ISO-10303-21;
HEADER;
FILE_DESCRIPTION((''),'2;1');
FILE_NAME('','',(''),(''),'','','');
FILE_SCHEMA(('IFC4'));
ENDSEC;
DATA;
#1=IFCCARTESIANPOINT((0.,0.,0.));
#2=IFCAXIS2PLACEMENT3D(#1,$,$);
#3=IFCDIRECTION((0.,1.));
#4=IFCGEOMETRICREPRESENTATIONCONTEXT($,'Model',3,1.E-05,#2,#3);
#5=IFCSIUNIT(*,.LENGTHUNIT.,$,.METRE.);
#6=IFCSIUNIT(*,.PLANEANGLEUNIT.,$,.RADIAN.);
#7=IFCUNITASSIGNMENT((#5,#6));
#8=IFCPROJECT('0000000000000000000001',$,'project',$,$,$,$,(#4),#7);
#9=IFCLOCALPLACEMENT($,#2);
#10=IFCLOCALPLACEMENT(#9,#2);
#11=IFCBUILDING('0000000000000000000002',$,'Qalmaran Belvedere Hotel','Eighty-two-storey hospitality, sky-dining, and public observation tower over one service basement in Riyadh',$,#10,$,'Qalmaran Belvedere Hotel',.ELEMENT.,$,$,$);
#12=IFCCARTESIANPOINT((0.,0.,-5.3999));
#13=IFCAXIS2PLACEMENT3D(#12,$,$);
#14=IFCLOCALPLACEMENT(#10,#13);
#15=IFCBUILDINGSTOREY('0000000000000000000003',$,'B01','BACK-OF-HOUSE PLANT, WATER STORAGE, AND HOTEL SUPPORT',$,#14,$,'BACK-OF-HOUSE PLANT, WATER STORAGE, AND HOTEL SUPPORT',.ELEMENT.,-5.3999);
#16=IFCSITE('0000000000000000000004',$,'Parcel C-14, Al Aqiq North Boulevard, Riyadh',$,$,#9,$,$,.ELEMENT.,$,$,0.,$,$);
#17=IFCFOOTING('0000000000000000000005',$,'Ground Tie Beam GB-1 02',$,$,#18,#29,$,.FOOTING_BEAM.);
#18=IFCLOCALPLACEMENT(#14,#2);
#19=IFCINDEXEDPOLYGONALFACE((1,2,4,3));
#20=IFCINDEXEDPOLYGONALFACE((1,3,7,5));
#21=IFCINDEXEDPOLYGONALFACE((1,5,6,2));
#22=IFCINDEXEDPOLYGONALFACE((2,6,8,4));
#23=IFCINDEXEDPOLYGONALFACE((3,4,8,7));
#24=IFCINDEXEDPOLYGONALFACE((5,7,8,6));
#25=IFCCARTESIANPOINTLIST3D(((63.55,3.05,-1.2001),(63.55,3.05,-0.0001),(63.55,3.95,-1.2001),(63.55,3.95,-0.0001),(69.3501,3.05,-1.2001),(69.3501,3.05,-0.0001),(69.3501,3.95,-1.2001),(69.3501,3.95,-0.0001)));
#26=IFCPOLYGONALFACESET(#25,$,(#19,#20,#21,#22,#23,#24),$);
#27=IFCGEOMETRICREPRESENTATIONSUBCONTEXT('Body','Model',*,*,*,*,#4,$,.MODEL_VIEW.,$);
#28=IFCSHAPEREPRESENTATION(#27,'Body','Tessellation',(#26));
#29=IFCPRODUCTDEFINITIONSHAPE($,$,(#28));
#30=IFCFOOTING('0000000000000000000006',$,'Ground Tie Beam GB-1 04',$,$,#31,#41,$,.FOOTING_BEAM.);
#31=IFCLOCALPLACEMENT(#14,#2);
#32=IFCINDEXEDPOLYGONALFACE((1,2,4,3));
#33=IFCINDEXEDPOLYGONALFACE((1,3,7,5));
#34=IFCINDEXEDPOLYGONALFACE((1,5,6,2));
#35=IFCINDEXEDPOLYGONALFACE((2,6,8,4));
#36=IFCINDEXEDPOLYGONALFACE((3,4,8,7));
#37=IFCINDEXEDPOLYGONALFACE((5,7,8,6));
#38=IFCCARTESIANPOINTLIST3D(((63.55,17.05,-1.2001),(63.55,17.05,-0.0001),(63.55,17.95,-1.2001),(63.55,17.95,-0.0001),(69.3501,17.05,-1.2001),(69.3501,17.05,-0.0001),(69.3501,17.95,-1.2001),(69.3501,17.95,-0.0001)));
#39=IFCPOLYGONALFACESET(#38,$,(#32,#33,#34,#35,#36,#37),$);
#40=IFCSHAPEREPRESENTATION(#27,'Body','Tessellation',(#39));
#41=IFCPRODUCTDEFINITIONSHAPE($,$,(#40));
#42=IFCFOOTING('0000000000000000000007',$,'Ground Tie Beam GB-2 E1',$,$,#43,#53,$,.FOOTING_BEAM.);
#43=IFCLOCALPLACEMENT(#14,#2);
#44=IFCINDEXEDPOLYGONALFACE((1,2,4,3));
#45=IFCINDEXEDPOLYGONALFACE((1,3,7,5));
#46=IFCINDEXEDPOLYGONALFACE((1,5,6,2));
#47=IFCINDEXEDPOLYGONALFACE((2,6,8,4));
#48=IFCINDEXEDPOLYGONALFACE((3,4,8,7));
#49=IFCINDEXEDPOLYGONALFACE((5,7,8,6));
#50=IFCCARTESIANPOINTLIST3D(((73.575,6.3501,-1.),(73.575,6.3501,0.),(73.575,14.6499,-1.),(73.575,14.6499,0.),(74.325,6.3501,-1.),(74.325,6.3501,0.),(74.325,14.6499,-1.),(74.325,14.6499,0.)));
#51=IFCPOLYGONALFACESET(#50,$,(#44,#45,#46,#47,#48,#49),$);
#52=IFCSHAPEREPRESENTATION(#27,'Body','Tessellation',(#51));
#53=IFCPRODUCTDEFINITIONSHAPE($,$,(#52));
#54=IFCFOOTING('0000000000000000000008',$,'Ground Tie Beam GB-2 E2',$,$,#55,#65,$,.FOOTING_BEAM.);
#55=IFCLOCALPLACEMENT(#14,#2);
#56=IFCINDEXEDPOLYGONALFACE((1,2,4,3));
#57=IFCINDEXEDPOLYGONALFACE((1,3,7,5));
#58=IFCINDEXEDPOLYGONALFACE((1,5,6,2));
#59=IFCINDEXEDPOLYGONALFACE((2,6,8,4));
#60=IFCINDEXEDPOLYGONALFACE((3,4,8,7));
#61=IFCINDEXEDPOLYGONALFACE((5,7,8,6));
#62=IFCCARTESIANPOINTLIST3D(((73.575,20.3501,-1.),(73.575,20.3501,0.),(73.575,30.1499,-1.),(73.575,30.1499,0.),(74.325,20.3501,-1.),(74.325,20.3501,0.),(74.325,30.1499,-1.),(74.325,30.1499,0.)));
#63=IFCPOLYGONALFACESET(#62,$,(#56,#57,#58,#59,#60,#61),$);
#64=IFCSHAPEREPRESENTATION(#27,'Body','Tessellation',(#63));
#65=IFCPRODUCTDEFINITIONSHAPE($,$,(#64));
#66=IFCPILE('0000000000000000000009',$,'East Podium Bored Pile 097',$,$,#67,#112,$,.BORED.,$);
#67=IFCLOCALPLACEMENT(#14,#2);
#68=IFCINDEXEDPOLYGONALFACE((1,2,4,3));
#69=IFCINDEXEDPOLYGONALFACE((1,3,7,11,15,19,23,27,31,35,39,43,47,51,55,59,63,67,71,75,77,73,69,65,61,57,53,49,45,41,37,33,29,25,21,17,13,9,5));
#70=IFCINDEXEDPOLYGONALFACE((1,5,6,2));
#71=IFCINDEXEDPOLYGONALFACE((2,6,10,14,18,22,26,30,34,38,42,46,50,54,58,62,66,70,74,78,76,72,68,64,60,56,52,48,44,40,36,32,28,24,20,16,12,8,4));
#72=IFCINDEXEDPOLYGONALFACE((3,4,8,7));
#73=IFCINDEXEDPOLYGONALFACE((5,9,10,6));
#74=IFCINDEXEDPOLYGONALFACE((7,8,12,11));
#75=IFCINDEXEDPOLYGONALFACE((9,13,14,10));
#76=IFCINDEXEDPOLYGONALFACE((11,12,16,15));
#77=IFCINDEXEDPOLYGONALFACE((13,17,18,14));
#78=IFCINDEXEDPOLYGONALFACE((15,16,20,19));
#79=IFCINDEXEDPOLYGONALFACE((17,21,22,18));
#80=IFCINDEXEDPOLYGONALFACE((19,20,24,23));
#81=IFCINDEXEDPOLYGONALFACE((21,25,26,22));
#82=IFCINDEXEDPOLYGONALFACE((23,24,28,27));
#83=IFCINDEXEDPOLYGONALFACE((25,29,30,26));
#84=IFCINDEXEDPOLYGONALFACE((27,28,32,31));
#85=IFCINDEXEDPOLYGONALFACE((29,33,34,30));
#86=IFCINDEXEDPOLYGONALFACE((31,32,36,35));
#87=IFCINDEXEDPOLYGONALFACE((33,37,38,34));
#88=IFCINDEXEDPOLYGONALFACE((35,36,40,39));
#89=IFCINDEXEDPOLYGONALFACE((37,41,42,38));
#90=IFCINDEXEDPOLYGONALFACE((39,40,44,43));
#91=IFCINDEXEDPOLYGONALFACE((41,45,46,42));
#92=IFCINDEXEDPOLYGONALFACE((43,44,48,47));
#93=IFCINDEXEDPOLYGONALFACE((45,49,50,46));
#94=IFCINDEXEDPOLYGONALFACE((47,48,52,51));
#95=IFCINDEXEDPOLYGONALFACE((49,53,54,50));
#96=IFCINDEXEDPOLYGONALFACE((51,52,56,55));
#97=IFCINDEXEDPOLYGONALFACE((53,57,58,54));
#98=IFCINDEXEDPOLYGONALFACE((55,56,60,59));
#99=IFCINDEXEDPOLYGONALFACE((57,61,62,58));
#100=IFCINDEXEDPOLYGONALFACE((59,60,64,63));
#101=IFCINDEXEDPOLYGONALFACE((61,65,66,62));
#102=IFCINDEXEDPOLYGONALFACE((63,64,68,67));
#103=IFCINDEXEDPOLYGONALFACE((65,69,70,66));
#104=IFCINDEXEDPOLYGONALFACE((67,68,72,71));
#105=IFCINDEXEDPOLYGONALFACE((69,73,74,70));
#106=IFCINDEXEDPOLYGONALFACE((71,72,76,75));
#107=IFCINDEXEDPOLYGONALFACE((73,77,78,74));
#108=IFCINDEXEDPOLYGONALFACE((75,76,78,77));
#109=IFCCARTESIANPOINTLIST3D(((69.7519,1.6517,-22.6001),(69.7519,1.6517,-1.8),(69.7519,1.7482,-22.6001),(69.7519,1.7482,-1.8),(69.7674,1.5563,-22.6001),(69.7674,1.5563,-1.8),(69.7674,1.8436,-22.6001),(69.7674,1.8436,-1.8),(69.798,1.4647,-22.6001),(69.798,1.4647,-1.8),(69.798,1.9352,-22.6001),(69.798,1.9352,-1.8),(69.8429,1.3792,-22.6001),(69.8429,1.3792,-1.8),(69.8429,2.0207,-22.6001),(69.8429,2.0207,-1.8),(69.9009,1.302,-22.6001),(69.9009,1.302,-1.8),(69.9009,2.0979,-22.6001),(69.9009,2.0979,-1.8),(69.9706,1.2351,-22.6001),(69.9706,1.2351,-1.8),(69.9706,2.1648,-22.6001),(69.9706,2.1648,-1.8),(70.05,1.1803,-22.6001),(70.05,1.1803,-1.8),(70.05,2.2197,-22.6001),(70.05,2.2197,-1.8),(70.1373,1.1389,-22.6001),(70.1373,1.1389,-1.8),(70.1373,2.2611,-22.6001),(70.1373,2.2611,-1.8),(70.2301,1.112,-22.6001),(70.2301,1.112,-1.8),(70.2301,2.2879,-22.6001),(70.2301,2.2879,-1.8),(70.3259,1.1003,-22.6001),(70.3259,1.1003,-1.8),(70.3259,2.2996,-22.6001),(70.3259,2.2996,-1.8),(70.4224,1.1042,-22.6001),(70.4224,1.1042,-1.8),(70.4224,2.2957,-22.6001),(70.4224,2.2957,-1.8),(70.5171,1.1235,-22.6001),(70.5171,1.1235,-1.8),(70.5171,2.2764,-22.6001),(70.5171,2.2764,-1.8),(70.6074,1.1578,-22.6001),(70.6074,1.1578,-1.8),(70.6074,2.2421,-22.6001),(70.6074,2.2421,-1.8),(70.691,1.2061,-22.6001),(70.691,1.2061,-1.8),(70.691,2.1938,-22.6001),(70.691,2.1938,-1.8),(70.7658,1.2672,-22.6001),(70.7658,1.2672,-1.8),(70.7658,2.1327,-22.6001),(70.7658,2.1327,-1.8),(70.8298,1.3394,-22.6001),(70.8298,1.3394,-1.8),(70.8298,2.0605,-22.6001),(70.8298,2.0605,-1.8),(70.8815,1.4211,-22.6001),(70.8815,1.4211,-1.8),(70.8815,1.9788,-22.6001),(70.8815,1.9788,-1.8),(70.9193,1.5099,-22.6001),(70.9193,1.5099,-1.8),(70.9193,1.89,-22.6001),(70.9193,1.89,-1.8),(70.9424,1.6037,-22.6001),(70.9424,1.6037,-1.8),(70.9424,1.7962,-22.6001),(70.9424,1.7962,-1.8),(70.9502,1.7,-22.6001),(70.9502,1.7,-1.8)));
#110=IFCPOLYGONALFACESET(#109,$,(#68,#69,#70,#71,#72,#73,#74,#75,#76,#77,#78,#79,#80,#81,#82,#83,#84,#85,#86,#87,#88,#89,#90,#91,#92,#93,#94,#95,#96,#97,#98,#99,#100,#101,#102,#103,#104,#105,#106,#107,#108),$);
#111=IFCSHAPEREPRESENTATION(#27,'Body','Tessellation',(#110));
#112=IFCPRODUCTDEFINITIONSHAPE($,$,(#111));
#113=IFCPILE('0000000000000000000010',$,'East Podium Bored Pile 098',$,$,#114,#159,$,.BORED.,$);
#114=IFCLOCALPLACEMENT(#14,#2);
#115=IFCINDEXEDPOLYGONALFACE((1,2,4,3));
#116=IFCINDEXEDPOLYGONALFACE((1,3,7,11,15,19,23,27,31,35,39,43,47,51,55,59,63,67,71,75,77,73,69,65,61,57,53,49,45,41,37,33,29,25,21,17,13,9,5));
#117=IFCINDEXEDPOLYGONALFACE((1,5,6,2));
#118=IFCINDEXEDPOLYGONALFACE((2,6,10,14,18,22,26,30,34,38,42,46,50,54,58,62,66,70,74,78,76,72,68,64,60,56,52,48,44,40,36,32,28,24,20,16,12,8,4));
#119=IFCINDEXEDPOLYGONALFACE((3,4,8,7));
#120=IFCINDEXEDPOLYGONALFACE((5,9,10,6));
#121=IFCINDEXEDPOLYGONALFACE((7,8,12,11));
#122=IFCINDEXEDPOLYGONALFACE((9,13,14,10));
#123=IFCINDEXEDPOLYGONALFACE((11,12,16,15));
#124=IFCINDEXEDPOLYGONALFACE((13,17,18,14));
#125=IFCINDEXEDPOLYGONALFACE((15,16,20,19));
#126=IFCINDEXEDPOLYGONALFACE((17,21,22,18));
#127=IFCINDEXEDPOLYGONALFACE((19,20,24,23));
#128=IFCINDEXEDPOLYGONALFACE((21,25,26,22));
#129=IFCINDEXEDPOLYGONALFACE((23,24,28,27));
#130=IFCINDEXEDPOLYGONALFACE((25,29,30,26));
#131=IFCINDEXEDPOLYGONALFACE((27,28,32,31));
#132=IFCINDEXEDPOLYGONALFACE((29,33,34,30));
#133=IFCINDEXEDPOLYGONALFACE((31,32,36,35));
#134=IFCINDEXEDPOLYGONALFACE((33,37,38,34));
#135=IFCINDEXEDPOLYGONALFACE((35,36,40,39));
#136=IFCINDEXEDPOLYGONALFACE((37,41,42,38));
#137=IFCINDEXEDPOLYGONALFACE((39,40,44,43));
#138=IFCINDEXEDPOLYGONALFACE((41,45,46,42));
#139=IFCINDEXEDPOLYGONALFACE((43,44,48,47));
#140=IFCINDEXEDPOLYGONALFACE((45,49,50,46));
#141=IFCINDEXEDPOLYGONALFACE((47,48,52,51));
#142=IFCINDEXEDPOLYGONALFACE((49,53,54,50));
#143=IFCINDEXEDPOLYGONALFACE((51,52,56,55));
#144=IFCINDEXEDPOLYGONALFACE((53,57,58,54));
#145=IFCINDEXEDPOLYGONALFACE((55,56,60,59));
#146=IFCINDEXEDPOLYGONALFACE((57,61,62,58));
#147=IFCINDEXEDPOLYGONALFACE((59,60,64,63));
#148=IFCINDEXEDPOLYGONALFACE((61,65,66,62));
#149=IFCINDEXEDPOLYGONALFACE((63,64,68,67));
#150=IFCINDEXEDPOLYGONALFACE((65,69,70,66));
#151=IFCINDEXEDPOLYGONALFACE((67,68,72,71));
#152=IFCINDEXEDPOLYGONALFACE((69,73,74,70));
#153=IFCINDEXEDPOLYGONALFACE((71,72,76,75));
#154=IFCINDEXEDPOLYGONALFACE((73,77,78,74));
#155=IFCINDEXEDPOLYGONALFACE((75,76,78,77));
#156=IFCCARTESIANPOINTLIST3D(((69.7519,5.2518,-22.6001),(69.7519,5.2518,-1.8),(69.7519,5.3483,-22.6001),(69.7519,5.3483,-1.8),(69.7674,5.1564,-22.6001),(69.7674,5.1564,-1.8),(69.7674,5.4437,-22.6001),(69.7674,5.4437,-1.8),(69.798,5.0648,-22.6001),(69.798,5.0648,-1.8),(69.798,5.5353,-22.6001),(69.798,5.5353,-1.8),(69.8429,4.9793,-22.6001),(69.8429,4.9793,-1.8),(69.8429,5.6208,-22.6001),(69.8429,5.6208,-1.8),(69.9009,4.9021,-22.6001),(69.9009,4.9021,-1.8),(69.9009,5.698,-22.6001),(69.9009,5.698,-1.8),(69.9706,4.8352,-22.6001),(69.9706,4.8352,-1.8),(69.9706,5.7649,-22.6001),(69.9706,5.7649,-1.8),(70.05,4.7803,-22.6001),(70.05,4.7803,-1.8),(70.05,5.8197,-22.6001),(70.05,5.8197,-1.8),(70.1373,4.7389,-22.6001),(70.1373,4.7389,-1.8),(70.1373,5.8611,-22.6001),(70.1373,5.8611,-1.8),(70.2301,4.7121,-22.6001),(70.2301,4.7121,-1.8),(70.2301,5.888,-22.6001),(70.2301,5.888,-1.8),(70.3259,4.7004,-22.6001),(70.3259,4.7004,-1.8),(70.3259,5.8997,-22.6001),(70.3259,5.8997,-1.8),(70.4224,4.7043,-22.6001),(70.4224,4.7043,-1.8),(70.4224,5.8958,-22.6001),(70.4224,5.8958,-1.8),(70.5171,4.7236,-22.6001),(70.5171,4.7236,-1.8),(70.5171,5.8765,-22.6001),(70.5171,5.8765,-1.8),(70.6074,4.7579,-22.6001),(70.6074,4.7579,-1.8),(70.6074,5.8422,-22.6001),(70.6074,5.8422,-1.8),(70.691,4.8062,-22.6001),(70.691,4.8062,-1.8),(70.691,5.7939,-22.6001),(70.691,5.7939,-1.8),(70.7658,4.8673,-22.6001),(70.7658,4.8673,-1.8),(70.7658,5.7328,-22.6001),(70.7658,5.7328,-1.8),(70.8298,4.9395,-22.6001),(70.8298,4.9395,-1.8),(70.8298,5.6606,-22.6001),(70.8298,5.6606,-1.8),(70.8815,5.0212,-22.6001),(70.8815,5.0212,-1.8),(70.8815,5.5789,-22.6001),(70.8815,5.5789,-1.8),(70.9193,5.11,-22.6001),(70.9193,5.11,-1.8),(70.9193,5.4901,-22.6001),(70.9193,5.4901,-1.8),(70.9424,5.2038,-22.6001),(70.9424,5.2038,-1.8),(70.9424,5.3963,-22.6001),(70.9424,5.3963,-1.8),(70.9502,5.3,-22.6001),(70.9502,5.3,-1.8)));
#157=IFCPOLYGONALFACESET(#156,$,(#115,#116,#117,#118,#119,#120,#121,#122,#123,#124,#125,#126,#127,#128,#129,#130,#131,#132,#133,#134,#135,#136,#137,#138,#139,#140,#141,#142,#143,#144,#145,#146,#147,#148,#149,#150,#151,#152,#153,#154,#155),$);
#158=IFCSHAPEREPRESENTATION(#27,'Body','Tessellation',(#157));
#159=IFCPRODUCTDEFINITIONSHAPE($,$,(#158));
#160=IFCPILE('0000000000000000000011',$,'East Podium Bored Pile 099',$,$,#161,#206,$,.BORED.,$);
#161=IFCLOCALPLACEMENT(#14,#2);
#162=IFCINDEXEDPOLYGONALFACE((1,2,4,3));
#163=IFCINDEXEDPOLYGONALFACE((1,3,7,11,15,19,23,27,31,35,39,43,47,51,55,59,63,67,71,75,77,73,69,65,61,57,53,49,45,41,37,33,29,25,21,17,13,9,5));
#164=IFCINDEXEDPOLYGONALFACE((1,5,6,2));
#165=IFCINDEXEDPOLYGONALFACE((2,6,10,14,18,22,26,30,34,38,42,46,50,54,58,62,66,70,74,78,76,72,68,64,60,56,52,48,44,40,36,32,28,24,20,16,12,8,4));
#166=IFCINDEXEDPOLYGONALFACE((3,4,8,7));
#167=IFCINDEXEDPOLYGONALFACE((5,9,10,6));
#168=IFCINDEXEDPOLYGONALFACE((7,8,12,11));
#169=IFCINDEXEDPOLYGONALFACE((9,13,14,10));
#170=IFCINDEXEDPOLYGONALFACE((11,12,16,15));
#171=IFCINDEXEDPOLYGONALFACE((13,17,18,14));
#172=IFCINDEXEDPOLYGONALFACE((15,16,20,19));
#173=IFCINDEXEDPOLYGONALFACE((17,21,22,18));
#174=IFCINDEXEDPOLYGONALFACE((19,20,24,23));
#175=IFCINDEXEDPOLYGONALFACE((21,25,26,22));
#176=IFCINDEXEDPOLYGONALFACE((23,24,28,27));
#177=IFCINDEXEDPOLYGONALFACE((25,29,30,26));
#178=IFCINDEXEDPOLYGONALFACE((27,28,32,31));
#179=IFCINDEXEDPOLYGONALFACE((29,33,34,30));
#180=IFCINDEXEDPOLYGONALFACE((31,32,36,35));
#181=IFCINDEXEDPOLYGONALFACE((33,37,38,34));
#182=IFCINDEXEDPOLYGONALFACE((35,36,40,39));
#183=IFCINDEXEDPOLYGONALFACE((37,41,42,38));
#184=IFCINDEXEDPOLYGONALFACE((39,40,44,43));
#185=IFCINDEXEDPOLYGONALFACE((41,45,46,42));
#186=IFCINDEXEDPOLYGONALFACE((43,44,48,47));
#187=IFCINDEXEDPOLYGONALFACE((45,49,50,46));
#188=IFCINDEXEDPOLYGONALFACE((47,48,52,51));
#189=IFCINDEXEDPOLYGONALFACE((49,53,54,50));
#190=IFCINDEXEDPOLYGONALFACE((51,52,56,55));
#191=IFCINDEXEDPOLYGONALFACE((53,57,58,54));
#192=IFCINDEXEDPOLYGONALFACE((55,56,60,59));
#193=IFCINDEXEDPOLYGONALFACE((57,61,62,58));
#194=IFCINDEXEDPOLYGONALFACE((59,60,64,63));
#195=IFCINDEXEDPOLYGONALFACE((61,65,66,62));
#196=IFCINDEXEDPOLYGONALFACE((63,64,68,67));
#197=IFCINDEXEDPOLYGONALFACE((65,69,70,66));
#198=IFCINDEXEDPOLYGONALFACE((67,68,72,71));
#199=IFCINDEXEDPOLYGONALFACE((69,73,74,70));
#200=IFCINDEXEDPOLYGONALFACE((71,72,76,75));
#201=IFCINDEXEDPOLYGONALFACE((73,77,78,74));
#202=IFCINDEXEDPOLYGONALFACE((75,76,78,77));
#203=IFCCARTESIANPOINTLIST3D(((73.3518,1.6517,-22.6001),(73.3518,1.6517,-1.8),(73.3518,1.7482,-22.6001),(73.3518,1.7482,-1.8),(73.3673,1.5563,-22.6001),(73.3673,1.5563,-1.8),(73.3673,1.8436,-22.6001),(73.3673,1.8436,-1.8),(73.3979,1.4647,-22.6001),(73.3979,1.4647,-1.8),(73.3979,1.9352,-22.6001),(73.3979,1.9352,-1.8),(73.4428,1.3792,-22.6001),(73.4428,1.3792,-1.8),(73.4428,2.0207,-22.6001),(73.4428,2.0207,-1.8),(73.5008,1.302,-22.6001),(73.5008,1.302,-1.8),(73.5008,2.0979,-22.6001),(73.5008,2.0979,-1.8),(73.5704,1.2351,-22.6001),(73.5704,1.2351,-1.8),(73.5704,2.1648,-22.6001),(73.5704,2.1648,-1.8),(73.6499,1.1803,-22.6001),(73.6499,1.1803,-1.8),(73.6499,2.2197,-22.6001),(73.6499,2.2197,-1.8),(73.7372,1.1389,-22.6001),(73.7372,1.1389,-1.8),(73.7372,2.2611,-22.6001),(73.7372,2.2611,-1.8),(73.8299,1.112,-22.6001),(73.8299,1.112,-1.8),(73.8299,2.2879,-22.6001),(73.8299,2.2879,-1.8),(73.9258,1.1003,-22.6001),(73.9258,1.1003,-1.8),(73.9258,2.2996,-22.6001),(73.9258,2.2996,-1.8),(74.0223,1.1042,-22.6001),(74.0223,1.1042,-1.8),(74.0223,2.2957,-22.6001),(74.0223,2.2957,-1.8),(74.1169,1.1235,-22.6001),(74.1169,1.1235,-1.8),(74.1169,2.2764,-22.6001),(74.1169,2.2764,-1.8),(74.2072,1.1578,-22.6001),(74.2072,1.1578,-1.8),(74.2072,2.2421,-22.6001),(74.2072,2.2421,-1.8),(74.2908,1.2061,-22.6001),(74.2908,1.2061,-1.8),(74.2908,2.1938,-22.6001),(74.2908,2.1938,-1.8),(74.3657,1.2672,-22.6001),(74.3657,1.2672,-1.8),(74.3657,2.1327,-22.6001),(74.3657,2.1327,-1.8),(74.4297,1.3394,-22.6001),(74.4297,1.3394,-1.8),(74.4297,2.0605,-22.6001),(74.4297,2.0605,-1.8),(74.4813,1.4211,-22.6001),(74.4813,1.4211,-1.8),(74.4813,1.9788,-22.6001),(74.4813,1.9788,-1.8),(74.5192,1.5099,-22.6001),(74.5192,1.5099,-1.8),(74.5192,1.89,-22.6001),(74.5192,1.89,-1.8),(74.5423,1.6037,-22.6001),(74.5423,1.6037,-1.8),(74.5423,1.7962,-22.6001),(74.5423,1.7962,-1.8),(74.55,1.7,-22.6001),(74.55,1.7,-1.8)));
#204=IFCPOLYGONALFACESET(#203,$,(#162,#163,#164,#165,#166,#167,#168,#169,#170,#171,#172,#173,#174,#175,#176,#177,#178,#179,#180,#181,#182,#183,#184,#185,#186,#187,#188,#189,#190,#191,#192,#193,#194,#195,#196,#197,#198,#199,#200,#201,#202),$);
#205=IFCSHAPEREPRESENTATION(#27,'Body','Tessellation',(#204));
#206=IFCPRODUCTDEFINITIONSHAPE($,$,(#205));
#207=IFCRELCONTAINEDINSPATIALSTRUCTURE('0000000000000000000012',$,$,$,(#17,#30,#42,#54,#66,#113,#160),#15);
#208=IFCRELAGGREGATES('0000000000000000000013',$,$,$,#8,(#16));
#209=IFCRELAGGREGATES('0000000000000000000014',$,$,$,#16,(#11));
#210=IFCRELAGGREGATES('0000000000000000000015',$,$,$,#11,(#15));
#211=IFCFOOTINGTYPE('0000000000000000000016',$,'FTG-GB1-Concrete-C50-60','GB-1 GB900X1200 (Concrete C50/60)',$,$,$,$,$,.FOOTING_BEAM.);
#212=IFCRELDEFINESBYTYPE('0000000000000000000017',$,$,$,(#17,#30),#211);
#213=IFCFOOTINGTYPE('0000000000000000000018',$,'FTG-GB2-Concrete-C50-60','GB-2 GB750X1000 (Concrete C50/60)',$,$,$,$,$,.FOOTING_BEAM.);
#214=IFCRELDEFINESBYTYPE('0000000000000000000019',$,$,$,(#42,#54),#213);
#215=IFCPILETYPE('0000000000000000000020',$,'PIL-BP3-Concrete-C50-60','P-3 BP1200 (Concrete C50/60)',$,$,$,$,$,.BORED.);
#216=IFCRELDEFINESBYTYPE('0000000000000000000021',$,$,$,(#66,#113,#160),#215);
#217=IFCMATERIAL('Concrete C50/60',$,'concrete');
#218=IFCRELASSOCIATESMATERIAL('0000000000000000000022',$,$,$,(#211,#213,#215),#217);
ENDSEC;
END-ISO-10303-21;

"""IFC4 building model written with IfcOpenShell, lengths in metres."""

from ifc_helpers import new_model, si_unit, direction, frame, origin, origin_2d, place, context, subcontext, project, spatial, rectangle, circle, extrude, material, material_profile, profile_set, type_object, element, save


model = new_model("IFC4")

# Units and contexts
model_context = context("Model", 3, precision=1e-05, world=origin(), true_north=direction((0.0, 1.0)))
body_context = subcontext(model_context, "Body", "Model", "MODEL_VIEW")
ifc_project = project(units=[si_unit("LENGTHUNIT", "METRE"), si_unit("PLANEANGLEUNIT", "RADIAN")], contexts=[model_context])

# Site, building, storey
site_placement = place(None, origin())
site = spatial("IfcSite", under=ifc_project, at=site_placement, Name="Parcel C-14, Al Aqiq North Boulevard, Riyadh", CompositionType="ELEMENT", RefElevation=0.0)
building_placement = place(site_placement, origin())
building = spatial("IfcBuilding", under=site, at=building_placement, Name="Qalmaran Belvedere Hotel", Description="Eighty-two-storey hospitality, sky-dining, and public observation tower over one service basement in Riyadh", LongName="Qalmaran Belvedere Hotel", CompositionType="ELEMENT")
storey_placement = place(building_placement, frame((0.0, 0.0, -5.3999)))
storey = spatial("IfcBuildingStorey", under=building, at=storey_placement, Name="B01", Description="BACK-OF-HOUSE PLANT, WATER STORAGE, AND HOTEL SUPPORT", LongName="BACK-OF-HOUSE PLANT, WATER STORAGE, AND HOTEL SUPPORT", CompositionType="ELEMENT", Elevation=-5.3999)

# Footings
ifc_material_1 = material(Name="Concrete C50/60", Category="concrete")
ifc_material_profile_1 = material_profile(ifc_material_1, rectangle(XDim=0.8999, YDim=1.2, at=origin_2d()), Name="GB900X1200")
ifc_profile_set_1 = profile_set([ifc_material_profile_1], Name="Concrete C50/60")
footing_type_1 = type_object("IfcFootingType", Name="FTG-GB1-Concrete-C50-60", Description="GB-1 GB900X1200 (Concrete C50/60)", PredefinedType="FOOTING_BEAM", material=ifc_profile_set_1)
for number, where, z_axis, x_axis, name in (
    (1, (63.55, 3.5, -0.6001), (1.0, 0.0, 0.0), (0.0, 1.0, 0.0), "Ground Tie Beam GB-1 02"),
    (2, (63.55, 17.5, -0.6001), (1.0, 0.0, 0.0), (0.0, 1.0, 0.0), "Ground Tie Beam GB-1 04"),
):
    element("IfcFooting", number, at=place(storey_placement, frame(where, z_axis=z_axis, x_axis=x_axis)), inside=storey, type_object=footing_type_1, Name=name, PredefinedType="FOOTING_BEAM", context=body_context, shape_type="SweptSolid", body=[
        extrude(rectangle(XDim=0.8999, YDim=1.2, at=origin_2d()), origin(), (0.0, 0.0, 1.0), 5.8),
    ])
ifc_material_profile_2 = material_profile(ifc_material_1, rectangle(XDim=0.75, YDim=1.0, at=origin_2d()), Name="GB750X1000")
ifc_profile_set_2 = profile_set([ifc_material_profile_2], Name="Concrete C50/60")
footing_type_2 = type_object("IfcFootingType", Name="FTG-GB2-Concrete-C50-60", Description="GB-2 GB750X1000 (Concrete C50/60)", PredefinedType="FOOTING_BEAM", material=ifc_profile_set_2)
footing_1_placement = place(storey_placement, frame((73.95, 6.3501, -0.5), z_axis=(0.0, 1.0, 0.0), x_axis=(-1.0, 0.0, 0.0)))
element("IfcFooting", 3, at=footing_1_placement, inside=storey, type_object=footing_type_2, Name="Ground Tie Beam GB-2 E1", PredefinedType="FOOTING_BEAM", context=body_context, shape_type="SweptSolid", body=[
    extrude(rectangle(XDim=0.75, YDim=1.0, at=origin_2d()), origin(), (0.0, 0.0, 1.0), 8.2998),
])
footing_2_placement = place(storey_placement, frame((73.95, 20.3501, -0.5), z_axis=(0.0, 1.0, 0.0), x_axis=(-1.0, 0.0, 0.0)))
element("IfcFooting", 4, at=footing_2_placement, inside=storey, type_object=footing_type_2, Name="Ground Tie Beam GB-2 E2", PredefinedType="FOOTING_BEAM", context=body_context, shape_type="SweptSolid", body=[
    extrude(rectangle(XDim=0.75, YDim=1.0, at=origin_2d()), origin(), (0.0, 0.0, 1.0), 9.7998),
])

# Piles
ifc_material_profile_3 = material_profile(ifc_material_1, circle(Radius=0.6001, at=origin_2d()), Name="BP1200")
ifc_profile_set_3 = profile_set([ifc_material_profile_3], Name="Concrete C50/60")
pile_type = type_object("IfcPileType", Name="PIL-BP3-Concrete-C50-60", Description="P-3 BP1200 (Concrete C50/60)", PredefinedType="BORED", material=ifc_profile_set_3)
for number, where, z_axis, x_axis, name in (
    (5, (70.3501, 1.7, -1.8), (0.0, 0.0, -1.0), (1.0, 0.0, 0.0), "East Podium Bored Pile 097"),
    (6, (70.3501, 5.3, -1.8), (0.0, 0.0, -1.0), (1.0, 0.0, 0.0), "East Podium Bored Pile 098"),
    (7, (73.95, 1.7, -1.8), (0.0, 0.0, -1.0), (1.0, 0.0, 0.0), "East Podium Bored Pile 099"),
):
    element("IfcPile", number, at=place(storey_placement, frame(where, z_axis=z_axis, x_axis=x_axis)), inside=storey, type_object=pile_type, Name=name, PredefinedType="BORED", context=body_context, shape_type="SweptSolid", body=[
        extrude(circle(Radius=0.6001, at=origin_2d()), origin(), (0.0, 0.0, 1.0), 20.8),
    ])

save(model, "model.ifc")
